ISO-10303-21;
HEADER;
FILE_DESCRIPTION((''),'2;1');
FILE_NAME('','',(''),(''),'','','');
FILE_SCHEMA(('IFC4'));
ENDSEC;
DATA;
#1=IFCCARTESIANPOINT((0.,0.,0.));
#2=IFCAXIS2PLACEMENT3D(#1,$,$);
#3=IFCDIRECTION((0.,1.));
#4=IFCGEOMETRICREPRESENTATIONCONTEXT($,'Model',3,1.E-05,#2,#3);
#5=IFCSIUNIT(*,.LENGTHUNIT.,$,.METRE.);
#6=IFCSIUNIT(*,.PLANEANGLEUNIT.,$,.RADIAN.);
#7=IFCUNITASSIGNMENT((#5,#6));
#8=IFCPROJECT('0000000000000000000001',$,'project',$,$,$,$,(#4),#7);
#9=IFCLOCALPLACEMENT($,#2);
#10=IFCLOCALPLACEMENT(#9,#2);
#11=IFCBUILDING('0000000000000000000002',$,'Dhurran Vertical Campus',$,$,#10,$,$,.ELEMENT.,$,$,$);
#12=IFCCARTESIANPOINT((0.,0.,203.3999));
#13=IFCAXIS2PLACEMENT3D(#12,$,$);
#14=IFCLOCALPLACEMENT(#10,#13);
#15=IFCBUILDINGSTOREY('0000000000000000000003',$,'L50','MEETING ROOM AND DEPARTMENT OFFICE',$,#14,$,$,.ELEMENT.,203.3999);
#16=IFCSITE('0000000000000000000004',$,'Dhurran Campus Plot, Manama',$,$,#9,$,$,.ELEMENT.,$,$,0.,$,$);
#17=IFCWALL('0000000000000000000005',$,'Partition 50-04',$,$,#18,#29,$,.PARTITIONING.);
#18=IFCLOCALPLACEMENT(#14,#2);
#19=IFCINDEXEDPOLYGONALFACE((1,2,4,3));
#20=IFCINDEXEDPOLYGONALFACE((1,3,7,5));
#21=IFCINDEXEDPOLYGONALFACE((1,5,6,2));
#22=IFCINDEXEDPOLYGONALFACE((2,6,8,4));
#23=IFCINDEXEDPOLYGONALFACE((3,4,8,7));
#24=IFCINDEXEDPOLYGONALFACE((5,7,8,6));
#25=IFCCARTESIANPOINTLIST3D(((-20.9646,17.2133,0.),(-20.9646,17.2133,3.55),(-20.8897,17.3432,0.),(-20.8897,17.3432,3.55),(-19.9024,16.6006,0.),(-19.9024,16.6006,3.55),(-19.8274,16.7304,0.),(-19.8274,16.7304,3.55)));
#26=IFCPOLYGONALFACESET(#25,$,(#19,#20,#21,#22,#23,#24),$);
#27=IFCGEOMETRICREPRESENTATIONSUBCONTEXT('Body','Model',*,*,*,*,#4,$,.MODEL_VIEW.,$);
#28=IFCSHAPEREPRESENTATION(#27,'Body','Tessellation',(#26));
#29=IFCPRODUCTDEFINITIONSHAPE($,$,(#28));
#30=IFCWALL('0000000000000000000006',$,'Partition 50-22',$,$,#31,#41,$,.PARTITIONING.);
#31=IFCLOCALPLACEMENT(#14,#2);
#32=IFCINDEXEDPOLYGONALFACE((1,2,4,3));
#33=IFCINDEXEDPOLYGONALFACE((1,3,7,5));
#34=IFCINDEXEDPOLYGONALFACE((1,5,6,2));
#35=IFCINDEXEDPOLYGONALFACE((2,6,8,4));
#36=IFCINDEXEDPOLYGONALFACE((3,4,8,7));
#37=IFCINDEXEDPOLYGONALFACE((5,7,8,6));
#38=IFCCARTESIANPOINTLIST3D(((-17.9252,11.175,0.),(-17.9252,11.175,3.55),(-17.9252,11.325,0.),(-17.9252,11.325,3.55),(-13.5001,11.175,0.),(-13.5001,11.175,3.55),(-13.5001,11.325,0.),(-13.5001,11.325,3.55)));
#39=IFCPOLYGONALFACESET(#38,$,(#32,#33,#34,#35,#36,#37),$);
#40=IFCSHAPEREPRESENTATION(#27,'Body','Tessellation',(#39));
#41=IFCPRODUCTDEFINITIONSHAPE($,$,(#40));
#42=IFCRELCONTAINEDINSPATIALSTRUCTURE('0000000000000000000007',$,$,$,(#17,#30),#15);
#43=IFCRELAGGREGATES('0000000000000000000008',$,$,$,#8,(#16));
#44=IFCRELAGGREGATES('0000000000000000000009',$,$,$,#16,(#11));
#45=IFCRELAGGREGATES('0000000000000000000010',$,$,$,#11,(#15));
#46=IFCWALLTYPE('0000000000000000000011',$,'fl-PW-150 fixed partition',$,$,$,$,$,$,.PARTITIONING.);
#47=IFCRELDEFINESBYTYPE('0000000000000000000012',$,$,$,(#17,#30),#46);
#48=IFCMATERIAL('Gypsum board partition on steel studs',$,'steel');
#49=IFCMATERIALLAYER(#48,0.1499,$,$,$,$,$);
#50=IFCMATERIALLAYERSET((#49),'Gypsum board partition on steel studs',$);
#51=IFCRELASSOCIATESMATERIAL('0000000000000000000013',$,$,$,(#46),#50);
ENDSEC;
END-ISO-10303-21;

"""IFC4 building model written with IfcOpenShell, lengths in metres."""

from ifc_helpers import new_model, si_unit, direction, frame, frame_2d, origin, place, context, subcontext, project, spatial, rectangle, extrude, material, layer, layer_set, type_object, element, save


model = new_model("IFC4")

# Units and contexts
model_context = context("Model", 3, precision=1e-05, world=origin(), true_north=direction((0.0, 1.0)))
body_context = subcontext(model_context, "Body", "Model", "MODEL_VIEW")
ifc_project = project(units=[si_unit("LENGTHUNIT", "METRE"), si_unit("PLANEANGLEUNIT", "RADIAN")], contexts=[model_context])

# Site, building, storey
site_placement = place(None, origin())
site = spatial("IfcSite", under=ifc_project, at=site_placement, Name="Dhurran Campus Plot, Manama", CompositionType="ELEMENT", RefElevation=0.0)
building_placement = place(site_placement, origin())
building = spatial("IfcBuilding", under=site, at=building_placement, Name="Dhurran Vertical Campus", CompositionType="ELEMENT")
storey_placement = place(building_placement, frame((0.0, 0.0, 203.3999)))
storey = spatial("IfcBuildingStorey", under=building, at=storey_placement, Name="L50", Description="MEETING ROOM AND DEPARTMENT OFFICE", CompositionType="ELEMENT", Elevation=203.3999)

# Walls
ifc_material_1 = material(Name="Gypsum board partition on steel studs", Category="steel")
ifc_layer_1 = layer(ifc_material_1, 0.1499)
ifc_layer_set_1 = layer_set([ifc_layer_1], Name="Gypsum board partition on steel studs")
wall_type_1 = type_object("IfcWallType", Name="fl-PW-150 fixed partition", PredefinedType="PARTITIONING", material=ifc_layer_set_1)
wall_1_placement = place(storey_placement, frame((-20.9272, 17.2783, 0.0), z_axis=(0.0, 0.0, 1.0), x_axis=(0.866202, -0.499694, 0.0)))
element("IfcWall", 1, at=wall_1_placement, inside=storey, type_object=wall_type_1, Name="Partition 50-04", PredefinedType="PARTITIONING", context=body_context, shape_type="SweptSolid", body=[
    extrude(rectangle(XDim=1.2263, YDim=0.1499, at=frame_2d((0.6133, 0.0))), origin(), (0.0, 0.0, 1.0), 3.55),
])
wall_2_placement = place(storey_placement, frame((-17.925, 11.25, 0.0), z_axis=(0.0, 0.0, 1.0), x_axis=(1.0, 0.0, 0.0)))
element("IfcWall", 2, at=wall_2_placement, inside=storey, type_object=wall_type_1, Name="Partition 50-22", PredefinedType="PARTITIONING", context=body_context, shape_type="SweptSolid", body=[
    extrude(rectangle(XDim=4.425, YDim=0.1499, at=frame_2d((2.2124, 0.0))), origin(), (0.0, 0.0, 1.0), 3.55),
])

save(model, "model.ifc")
